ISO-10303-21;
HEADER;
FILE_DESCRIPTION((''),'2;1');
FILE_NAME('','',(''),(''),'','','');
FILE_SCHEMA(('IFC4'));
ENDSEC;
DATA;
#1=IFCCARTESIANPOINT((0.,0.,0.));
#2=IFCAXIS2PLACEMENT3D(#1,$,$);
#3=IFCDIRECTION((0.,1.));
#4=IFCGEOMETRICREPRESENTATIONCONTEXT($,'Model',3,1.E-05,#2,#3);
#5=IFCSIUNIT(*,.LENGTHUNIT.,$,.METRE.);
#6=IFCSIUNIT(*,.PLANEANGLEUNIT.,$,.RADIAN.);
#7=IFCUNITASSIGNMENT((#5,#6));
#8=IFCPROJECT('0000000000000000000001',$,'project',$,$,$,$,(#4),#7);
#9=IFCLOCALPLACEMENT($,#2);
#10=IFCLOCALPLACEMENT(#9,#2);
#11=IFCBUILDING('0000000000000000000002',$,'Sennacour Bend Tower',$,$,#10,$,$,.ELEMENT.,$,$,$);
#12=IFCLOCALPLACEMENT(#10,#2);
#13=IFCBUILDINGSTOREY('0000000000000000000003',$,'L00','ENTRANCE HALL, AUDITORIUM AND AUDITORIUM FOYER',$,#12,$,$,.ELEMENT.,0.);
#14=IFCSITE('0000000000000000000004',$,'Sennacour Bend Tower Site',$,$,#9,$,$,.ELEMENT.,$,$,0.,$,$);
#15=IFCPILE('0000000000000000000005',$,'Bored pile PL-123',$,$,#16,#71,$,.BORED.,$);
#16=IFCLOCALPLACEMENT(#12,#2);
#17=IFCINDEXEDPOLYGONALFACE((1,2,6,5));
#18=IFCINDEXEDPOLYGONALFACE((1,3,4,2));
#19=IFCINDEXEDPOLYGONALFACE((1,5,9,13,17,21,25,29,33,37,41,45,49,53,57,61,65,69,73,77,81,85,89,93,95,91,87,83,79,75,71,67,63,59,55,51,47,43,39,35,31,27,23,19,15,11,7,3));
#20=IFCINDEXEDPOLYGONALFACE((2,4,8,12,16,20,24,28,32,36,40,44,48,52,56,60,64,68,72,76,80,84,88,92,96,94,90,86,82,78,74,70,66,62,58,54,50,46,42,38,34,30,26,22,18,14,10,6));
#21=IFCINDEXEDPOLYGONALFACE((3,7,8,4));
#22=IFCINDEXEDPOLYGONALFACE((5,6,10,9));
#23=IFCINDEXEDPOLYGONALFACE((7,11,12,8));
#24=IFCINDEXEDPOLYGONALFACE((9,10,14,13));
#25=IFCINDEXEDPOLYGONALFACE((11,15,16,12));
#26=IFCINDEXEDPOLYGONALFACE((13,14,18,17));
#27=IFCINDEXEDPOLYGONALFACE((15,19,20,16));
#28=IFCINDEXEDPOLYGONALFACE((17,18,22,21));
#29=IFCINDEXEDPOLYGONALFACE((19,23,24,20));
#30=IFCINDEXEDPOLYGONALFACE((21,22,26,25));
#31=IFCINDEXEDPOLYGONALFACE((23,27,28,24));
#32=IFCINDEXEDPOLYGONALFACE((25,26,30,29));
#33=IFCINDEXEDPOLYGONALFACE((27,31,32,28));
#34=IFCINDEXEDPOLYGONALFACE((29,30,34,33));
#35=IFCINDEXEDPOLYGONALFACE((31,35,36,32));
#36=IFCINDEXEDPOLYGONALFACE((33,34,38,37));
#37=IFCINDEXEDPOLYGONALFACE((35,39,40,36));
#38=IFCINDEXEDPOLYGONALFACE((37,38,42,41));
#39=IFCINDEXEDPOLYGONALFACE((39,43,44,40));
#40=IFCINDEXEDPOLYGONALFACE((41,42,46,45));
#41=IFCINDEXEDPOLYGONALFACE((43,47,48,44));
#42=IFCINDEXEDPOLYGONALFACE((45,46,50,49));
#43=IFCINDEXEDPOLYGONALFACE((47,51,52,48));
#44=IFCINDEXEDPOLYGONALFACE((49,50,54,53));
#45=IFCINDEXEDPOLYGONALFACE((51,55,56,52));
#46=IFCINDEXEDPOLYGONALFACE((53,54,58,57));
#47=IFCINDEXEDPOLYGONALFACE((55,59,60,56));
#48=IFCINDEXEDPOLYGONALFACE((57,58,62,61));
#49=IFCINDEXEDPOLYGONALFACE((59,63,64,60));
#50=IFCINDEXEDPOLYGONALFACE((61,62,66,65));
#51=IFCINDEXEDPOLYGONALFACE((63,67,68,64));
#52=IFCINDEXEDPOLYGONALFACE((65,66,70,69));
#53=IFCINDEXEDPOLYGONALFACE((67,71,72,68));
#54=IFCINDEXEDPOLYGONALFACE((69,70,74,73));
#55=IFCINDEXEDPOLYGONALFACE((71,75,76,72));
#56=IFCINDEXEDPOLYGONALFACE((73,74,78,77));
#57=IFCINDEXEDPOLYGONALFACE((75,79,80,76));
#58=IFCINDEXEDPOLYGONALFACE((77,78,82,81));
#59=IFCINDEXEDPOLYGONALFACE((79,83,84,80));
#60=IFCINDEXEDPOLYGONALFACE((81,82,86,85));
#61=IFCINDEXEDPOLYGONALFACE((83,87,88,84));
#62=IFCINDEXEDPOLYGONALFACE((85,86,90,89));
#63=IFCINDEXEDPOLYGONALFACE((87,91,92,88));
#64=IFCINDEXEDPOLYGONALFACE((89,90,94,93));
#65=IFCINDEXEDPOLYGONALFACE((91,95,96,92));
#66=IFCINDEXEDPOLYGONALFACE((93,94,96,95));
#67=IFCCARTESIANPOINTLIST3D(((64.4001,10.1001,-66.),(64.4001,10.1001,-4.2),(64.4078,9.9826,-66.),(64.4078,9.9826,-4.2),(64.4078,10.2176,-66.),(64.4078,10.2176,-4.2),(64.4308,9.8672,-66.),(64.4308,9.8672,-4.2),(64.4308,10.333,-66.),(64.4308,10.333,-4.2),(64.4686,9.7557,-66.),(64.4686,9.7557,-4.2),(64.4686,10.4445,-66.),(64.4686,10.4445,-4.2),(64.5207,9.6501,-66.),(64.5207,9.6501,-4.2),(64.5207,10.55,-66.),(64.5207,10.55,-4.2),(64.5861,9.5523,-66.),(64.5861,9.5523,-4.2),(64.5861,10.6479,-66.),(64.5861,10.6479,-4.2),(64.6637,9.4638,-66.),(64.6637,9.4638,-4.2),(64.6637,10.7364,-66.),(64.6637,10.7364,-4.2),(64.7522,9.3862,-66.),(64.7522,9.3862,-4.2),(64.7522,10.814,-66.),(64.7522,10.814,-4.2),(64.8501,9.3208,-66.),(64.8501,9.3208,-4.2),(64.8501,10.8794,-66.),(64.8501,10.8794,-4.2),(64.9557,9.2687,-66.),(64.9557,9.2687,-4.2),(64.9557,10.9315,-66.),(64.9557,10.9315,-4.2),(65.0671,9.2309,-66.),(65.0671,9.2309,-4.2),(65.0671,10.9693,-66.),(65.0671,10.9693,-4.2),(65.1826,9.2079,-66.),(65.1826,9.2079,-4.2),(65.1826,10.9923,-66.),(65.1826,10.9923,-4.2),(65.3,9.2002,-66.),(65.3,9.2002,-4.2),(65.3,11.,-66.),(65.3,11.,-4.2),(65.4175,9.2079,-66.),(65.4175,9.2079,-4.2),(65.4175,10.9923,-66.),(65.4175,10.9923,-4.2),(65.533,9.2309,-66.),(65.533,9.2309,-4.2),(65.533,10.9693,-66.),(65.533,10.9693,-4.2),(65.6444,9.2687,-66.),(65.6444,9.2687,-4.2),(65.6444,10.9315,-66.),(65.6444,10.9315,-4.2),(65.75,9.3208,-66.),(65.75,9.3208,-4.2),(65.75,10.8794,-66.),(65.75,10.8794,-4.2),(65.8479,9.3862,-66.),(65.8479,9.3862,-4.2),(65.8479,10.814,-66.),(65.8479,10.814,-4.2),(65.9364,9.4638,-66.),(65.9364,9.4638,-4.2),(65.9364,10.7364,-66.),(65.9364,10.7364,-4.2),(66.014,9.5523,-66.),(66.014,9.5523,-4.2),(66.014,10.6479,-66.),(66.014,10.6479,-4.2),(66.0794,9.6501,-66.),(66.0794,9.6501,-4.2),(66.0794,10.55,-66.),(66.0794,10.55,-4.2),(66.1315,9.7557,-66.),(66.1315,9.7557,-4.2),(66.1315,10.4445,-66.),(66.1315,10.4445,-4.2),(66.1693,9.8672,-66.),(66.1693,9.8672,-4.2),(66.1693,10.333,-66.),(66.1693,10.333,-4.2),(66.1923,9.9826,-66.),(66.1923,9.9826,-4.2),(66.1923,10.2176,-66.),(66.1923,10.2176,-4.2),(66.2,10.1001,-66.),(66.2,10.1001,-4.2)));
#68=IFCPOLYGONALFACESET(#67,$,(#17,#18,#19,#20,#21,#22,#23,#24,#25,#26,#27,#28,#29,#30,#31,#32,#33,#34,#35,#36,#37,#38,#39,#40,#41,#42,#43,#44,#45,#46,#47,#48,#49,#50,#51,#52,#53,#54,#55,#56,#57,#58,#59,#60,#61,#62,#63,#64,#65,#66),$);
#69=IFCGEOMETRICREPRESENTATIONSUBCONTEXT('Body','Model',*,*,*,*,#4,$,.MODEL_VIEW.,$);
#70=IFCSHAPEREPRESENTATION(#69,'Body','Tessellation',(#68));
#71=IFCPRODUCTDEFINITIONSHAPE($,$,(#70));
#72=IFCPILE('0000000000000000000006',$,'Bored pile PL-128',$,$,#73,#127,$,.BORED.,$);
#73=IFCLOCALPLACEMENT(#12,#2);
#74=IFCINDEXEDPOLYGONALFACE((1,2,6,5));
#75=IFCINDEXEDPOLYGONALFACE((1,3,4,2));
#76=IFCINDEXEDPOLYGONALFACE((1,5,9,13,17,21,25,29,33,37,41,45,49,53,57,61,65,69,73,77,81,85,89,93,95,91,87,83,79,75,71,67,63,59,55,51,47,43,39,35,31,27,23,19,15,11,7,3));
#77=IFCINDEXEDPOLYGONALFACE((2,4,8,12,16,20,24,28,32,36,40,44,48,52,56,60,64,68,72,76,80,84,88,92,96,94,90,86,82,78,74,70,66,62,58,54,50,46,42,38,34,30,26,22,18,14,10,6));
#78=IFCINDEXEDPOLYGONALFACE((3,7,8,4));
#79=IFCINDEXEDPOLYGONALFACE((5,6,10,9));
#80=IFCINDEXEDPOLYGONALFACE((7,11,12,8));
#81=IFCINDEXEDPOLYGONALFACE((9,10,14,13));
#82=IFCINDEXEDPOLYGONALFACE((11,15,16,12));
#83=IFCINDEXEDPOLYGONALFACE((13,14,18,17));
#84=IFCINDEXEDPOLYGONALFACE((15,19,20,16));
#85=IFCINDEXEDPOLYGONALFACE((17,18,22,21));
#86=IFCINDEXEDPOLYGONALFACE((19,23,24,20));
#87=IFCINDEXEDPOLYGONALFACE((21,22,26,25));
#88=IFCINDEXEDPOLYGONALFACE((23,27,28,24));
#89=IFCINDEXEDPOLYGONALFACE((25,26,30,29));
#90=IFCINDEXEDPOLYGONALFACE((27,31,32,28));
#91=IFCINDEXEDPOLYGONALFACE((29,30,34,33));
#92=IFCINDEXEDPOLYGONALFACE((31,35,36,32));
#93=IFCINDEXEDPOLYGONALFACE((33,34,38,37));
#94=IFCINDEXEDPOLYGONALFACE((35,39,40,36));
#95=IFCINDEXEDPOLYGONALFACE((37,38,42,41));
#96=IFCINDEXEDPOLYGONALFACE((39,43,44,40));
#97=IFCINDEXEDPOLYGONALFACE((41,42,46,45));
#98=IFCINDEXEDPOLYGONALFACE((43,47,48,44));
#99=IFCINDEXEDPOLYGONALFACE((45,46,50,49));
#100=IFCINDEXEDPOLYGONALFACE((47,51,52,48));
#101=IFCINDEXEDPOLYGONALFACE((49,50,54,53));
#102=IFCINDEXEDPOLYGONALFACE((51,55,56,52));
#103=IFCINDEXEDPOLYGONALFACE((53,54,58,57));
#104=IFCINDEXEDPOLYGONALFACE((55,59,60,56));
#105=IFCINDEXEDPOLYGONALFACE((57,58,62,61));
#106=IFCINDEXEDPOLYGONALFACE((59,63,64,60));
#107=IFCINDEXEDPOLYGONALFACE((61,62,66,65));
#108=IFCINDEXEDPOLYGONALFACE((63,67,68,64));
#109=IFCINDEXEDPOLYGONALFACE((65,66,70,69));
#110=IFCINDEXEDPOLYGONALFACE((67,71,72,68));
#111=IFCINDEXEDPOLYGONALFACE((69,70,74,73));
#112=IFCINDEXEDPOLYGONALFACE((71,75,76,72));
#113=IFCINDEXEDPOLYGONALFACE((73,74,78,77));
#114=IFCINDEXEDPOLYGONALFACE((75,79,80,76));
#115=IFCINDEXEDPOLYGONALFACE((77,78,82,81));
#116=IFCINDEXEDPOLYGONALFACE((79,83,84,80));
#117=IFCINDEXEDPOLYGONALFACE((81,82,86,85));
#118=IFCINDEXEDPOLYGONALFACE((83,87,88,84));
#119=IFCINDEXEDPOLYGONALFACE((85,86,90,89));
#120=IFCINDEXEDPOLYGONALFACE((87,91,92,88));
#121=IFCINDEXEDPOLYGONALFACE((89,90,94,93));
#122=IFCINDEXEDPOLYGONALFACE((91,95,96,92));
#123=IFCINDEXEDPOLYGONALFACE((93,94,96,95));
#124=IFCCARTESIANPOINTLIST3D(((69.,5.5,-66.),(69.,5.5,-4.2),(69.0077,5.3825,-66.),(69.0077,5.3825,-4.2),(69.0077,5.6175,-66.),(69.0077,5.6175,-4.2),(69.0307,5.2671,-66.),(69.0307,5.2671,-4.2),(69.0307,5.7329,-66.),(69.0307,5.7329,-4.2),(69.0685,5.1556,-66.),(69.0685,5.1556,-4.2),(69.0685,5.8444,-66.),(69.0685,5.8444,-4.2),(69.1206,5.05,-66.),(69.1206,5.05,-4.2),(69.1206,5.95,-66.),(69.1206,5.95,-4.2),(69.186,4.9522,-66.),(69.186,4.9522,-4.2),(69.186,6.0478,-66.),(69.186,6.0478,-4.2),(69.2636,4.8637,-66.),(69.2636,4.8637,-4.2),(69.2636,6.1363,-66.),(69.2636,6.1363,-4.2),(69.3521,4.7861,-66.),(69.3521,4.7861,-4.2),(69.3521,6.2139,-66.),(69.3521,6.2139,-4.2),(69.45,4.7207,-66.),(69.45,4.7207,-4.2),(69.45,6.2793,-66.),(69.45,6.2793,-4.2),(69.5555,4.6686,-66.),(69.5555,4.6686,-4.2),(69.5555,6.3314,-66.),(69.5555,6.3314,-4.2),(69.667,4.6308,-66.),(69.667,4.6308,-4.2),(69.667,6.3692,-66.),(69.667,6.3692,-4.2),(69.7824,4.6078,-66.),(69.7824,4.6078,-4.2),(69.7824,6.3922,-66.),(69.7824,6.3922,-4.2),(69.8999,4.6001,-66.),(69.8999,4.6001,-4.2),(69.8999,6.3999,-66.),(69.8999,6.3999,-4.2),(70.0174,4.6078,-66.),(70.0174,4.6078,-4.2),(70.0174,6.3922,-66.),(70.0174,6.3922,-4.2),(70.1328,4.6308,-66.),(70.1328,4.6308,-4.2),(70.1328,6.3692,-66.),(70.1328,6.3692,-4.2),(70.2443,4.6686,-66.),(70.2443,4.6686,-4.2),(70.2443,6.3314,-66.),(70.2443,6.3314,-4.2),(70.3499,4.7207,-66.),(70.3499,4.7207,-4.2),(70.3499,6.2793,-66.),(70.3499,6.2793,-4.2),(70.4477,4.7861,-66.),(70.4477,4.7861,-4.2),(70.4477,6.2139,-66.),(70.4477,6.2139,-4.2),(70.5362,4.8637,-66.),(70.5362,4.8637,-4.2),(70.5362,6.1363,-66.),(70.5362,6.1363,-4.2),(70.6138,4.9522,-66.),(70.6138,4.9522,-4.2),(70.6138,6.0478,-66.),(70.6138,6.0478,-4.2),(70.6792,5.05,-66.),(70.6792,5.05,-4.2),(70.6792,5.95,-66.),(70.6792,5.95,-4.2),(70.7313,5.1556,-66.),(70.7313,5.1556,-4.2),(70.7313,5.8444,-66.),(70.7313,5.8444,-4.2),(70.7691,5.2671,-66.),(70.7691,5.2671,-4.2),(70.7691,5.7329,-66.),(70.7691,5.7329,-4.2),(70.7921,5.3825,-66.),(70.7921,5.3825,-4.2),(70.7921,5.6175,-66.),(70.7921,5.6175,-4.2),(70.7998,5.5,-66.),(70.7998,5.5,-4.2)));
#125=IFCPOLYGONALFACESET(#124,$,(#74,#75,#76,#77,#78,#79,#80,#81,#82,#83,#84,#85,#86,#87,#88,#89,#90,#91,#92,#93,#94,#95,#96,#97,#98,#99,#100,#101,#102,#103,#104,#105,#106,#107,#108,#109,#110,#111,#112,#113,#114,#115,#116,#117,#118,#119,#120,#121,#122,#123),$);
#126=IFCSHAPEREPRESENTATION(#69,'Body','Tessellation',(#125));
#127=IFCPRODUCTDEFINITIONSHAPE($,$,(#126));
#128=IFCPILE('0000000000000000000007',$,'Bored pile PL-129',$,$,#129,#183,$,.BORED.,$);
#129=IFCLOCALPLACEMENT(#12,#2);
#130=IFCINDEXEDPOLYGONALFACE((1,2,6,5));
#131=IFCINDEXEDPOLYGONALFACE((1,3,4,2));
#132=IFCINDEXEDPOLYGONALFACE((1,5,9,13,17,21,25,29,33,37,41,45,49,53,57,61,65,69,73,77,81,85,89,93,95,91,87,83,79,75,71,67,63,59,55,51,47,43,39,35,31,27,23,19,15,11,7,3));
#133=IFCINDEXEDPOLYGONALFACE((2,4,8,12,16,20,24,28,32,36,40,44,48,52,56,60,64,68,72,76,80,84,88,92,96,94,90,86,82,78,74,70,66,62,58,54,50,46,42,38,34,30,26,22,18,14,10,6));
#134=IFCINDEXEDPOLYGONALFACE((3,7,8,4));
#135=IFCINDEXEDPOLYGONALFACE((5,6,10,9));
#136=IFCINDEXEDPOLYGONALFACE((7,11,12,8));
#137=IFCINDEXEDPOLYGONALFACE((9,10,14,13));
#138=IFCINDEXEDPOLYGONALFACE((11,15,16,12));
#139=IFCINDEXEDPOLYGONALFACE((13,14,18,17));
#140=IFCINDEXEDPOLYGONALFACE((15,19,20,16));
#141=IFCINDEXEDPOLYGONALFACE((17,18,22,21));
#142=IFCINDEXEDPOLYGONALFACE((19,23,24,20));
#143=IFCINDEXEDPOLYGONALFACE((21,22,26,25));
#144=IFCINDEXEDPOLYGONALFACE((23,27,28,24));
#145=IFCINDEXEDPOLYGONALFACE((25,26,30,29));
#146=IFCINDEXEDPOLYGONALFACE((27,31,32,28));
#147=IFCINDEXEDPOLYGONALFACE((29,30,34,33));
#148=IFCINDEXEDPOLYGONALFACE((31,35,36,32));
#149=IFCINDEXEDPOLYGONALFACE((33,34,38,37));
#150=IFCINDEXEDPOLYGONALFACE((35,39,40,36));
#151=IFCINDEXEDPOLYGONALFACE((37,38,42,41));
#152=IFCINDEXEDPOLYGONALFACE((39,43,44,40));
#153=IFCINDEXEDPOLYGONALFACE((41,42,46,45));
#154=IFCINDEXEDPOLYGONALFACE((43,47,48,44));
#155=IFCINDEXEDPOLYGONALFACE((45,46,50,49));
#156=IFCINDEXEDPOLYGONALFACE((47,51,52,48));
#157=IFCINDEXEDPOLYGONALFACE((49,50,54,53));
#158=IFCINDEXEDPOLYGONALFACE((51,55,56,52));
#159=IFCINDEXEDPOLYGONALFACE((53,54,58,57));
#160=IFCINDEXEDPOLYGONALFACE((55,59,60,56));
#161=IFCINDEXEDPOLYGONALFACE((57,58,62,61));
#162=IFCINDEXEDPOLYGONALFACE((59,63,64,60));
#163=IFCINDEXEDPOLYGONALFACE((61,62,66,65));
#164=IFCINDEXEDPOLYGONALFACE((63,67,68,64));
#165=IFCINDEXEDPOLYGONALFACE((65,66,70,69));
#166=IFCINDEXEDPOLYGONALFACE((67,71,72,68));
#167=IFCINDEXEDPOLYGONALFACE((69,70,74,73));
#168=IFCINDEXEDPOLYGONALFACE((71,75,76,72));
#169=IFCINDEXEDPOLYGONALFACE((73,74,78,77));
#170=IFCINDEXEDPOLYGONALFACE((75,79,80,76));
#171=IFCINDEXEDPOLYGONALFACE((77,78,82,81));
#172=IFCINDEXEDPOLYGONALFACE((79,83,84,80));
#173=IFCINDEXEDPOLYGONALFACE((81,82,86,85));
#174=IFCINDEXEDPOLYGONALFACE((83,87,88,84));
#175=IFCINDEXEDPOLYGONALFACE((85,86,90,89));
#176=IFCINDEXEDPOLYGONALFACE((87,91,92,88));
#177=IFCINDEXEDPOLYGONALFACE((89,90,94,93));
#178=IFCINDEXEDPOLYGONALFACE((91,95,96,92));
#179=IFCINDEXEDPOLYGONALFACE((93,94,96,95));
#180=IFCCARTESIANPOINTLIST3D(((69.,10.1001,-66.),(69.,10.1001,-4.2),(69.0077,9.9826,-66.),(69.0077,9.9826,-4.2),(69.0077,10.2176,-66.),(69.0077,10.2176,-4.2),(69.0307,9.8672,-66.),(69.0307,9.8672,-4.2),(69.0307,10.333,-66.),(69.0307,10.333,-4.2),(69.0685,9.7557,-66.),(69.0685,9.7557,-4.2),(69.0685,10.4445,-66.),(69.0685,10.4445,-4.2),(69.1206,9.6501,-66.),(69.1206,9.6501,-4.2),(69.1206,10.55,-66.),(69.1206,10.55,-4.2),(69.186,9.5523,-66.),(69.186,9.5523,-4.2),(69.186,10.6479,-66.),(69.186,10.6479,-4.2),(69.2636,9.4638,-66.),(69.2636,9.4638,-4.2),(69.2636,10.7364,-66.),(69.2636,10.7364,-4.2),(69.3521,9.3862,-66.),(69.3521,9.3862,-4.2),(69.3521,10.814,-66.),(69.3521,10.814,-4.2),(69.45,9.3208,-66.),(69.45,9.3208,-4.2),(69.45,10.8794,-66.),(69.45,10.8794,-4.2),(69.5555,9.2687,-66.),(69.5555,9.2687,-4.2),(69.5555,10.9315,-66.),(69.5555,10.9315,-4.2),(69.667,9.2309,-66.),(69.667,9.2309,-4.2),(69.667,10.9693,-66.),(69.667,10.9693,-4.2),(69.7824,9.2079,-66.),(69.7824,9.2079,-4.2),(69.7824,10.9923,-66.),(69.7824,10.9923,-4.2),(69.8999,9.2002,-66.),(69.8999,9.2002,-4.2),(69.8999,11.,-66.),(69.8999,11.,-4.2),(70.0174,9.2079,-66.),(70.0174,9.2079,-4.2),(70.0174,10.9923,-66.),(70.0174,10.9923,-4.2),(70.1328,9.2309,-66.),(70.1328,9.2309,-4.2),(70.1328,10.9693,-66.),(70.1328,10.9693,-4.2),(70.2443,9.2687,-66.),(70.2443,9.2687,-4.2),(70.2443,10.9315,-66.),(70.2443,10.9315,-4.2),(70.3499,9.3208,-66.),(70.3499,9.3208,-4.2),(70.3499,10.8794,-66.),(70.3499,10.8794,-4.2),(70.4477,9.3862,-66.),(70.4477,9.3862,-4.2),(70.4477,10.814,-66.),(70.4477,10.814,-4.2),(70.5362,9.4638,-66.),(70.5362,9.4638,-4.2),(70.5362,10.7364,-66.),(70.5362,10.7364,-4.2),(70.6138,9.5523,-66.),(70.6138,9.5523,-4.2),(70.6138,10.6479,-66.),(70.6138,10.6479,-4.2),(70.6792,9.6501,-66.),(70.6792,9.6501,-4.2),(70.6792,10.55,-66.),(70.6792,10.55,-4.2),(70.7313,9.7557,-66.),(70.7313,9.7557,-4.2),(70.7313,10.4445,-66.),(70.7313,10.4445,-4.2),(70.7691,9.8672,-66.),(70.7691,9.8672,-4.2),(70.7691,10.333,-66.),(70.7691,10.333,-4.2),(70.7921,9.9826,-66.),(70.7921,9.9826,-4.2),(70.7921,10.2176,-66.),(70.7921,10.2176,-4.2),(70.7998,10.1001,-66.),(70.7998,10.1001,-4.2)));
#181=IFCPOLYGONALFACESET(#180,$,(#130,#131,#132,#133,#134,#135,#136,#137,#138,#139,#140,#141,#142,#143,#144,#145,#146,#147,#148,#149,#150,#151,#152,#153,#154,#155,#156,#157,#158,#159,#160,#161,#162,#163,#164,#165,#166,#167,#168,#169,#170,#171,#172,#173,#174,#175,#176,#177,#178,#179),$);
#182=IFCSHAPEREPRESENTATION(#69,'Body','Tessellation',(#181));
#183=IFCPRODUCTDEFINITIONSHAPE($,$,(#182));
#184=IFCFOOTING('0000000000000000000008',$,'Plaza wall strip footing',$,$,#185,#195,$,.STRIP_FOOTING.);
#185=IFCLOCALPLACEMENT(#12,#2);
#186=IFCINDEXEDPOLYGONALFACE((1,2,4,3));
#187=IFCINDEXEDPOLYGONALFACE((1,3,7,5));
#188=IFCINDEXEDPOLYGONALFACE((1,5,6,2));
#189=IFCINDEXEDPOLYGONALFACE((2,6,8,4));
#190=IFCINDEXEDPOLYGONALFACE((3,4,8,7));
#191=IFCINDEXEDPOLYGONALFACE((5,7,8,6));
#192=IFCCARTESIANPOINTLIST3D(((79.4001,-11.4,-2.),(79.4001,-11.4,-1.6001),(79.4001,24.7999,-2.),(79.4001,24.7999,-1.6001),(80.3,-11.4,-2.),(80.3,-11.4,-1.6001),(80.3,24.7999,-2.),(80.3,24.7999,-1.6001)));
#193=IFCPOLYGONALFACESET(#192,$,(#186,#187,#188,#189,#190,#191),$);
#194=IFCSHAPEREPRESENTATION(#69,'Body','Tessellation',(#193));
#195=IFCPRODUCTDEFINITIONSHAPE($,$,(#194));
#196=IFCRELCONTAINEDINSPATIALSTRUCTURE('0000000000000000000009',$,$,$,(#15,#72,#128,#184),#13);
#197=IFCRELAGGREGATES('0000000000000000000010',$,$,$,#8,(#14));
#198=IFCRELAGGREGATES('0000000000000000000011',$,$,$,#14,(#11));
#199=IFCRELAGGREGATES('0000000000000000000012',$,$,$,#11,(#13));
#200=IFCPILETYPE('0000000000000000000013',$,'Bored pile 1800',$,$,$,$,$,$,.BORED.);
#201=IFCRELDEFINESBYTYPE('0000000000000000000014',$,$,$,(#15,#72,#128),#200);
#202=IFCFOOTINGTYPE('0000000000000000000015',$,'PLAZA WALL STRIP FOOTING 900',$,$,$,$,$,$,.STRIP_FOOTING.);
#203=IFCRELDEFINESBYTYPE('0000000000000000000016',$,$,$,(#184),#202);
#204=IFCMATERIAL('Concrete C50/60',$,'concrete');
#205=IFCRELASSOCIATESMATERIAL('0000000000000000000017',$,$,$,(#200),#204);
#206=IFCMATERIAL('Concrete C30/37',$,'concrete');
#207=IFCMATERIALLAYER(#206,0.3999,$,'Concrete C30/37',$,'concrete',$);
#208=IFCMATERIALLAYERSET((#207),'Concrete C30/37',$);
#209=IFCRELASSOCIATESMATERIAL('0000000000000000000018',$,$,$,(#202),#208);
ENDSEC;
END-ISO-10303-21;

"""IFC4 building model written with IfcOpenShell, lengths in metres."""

from ifc_helpers import new_model, si_unit, direction, frame, origin, origin_2d, place, context, subcontext, project, spatial, rectangle, circle, extrude, material, layer, layer_set, material_profile, profile_set, type_object, element, save


model = new_model("IFC4")

# Units and contexts
model_context = context("Model", 3, precision=1e-05, world=origin(), true_north=direction((0.0, 1.0)))
body_context = subcontext(model_context, "Body", "Model", "MODEL_VIEW")
ifc_project = project(units=[si_unit("LENGTHUNIT", "METRE"), si_unit("PLANEANGLEUNIT", "RADIAN")], contexts=[model_context])

# Site, building, storey
site_placement = place(None, origin())
site = spatial("IfcSite", under=ifc_project, at=site_placement, Name="Sennacour Bend Tower Site", CompositionType="ELEMENT", RefElevation=0.0)
building_placement = place(site_placement, origin())
building = spatial("IfcBuilding", under=site, at=building_placement, Name="Sennacour Bend Tower", CompositionType="ELEMENT")
storey_placement = place(building_placement, origin())
storey = spatial("IfcBuildingStorey", under=building, at=storey_placement, Name="L00", Description="ENTRANCE HALL, AUDITORIUM AND AUDITORIUM FOYER", CompositionType="ELEMENT", Elevation=0.0)

# Piles
ifc_material_1 = material(Name="Concrete C50/60", Category="concrete")
ifc_material_profile = material_profile(ifc_material_1, circle(Radius=0.8999, at=origin_2d()), Name="Concrete C50/60", Category="concrete")
ifc_profile_set = profile_set([ifc_material_profile], Name="Concrete C50/60")
pile_type = type_object("IfcPileType", Name="Bored pile 1800", PredefinedType="BORED", material=ifc_profile_set)
for number, where, z_axis, x_axis, name in (
    (1, (65.3, 10.1001, -4.2), (0.0, 0.0, -1.0), (1.0, 0.0, 0.0), "Bored pile PL-123"),
    (2, (69.8999, 5.5, -4.2), (0.0, 0.0, -1.0), (1.0, 0.0, 0.0), "Bored pile PL-128"),
    (3, (69.8999, 10.1001, -4.2), (0.0, 0.0, -1.0), (1.0, 0.0, 0.0), "Bored pile PL-129"),
):
    element("IfcPile", number, at=place(storey_placement, frame(where, z_axis=z_axis, x_axis=x_axis)), inside=storey, type_object=pile_type, Name=name, PredefinedType="BORED", context=body_context, shape_type="SweptSolid", body=[
        extrude(circle(Radius=0.8999, at=origin_2d()), origin(), (0.0, 0.0, 1.0), 61.8),
    ])

# Footing
ifc_material_2 = material(Name="Concrete C30/37", Category="concrete")
ifc_layer_1 = layer(ifc_material_2, 0.3999, Name="Concrete C30/37", Category="concrete")
ifc_layer_set_1 = layer_set([ifc_layer_1], Name="Concrete C30/37")
footing_type = type_object("IfcFootingType", Name="PLAZA WALL STRIP FOOTING 900", PredefinedType="STRIP_FOOTING", material=ifc_layer_set_1)
footing_placement = place(storey_placement, frame((79.8501, 6.7, -2.0), z_axis=(0.0, 0.0, 1.0), x_axis=(1.0, 0.0, 0.0)))
element("IfcFooting", 4, at=footing_placement, inside=storey, type_object=footing_type, Name="Plaza wall strip footing", PredefinedType="STRIP_FOOTING", context=body_context, shape_type="SweptSolid", body=[
    extrude(rectangle(XDim=0.8999, YDim=36.2, at=origin_2d()), origin(), (0.0, 0.0, 1.0), 0.3999),
])

save(model, "model.ifc")
